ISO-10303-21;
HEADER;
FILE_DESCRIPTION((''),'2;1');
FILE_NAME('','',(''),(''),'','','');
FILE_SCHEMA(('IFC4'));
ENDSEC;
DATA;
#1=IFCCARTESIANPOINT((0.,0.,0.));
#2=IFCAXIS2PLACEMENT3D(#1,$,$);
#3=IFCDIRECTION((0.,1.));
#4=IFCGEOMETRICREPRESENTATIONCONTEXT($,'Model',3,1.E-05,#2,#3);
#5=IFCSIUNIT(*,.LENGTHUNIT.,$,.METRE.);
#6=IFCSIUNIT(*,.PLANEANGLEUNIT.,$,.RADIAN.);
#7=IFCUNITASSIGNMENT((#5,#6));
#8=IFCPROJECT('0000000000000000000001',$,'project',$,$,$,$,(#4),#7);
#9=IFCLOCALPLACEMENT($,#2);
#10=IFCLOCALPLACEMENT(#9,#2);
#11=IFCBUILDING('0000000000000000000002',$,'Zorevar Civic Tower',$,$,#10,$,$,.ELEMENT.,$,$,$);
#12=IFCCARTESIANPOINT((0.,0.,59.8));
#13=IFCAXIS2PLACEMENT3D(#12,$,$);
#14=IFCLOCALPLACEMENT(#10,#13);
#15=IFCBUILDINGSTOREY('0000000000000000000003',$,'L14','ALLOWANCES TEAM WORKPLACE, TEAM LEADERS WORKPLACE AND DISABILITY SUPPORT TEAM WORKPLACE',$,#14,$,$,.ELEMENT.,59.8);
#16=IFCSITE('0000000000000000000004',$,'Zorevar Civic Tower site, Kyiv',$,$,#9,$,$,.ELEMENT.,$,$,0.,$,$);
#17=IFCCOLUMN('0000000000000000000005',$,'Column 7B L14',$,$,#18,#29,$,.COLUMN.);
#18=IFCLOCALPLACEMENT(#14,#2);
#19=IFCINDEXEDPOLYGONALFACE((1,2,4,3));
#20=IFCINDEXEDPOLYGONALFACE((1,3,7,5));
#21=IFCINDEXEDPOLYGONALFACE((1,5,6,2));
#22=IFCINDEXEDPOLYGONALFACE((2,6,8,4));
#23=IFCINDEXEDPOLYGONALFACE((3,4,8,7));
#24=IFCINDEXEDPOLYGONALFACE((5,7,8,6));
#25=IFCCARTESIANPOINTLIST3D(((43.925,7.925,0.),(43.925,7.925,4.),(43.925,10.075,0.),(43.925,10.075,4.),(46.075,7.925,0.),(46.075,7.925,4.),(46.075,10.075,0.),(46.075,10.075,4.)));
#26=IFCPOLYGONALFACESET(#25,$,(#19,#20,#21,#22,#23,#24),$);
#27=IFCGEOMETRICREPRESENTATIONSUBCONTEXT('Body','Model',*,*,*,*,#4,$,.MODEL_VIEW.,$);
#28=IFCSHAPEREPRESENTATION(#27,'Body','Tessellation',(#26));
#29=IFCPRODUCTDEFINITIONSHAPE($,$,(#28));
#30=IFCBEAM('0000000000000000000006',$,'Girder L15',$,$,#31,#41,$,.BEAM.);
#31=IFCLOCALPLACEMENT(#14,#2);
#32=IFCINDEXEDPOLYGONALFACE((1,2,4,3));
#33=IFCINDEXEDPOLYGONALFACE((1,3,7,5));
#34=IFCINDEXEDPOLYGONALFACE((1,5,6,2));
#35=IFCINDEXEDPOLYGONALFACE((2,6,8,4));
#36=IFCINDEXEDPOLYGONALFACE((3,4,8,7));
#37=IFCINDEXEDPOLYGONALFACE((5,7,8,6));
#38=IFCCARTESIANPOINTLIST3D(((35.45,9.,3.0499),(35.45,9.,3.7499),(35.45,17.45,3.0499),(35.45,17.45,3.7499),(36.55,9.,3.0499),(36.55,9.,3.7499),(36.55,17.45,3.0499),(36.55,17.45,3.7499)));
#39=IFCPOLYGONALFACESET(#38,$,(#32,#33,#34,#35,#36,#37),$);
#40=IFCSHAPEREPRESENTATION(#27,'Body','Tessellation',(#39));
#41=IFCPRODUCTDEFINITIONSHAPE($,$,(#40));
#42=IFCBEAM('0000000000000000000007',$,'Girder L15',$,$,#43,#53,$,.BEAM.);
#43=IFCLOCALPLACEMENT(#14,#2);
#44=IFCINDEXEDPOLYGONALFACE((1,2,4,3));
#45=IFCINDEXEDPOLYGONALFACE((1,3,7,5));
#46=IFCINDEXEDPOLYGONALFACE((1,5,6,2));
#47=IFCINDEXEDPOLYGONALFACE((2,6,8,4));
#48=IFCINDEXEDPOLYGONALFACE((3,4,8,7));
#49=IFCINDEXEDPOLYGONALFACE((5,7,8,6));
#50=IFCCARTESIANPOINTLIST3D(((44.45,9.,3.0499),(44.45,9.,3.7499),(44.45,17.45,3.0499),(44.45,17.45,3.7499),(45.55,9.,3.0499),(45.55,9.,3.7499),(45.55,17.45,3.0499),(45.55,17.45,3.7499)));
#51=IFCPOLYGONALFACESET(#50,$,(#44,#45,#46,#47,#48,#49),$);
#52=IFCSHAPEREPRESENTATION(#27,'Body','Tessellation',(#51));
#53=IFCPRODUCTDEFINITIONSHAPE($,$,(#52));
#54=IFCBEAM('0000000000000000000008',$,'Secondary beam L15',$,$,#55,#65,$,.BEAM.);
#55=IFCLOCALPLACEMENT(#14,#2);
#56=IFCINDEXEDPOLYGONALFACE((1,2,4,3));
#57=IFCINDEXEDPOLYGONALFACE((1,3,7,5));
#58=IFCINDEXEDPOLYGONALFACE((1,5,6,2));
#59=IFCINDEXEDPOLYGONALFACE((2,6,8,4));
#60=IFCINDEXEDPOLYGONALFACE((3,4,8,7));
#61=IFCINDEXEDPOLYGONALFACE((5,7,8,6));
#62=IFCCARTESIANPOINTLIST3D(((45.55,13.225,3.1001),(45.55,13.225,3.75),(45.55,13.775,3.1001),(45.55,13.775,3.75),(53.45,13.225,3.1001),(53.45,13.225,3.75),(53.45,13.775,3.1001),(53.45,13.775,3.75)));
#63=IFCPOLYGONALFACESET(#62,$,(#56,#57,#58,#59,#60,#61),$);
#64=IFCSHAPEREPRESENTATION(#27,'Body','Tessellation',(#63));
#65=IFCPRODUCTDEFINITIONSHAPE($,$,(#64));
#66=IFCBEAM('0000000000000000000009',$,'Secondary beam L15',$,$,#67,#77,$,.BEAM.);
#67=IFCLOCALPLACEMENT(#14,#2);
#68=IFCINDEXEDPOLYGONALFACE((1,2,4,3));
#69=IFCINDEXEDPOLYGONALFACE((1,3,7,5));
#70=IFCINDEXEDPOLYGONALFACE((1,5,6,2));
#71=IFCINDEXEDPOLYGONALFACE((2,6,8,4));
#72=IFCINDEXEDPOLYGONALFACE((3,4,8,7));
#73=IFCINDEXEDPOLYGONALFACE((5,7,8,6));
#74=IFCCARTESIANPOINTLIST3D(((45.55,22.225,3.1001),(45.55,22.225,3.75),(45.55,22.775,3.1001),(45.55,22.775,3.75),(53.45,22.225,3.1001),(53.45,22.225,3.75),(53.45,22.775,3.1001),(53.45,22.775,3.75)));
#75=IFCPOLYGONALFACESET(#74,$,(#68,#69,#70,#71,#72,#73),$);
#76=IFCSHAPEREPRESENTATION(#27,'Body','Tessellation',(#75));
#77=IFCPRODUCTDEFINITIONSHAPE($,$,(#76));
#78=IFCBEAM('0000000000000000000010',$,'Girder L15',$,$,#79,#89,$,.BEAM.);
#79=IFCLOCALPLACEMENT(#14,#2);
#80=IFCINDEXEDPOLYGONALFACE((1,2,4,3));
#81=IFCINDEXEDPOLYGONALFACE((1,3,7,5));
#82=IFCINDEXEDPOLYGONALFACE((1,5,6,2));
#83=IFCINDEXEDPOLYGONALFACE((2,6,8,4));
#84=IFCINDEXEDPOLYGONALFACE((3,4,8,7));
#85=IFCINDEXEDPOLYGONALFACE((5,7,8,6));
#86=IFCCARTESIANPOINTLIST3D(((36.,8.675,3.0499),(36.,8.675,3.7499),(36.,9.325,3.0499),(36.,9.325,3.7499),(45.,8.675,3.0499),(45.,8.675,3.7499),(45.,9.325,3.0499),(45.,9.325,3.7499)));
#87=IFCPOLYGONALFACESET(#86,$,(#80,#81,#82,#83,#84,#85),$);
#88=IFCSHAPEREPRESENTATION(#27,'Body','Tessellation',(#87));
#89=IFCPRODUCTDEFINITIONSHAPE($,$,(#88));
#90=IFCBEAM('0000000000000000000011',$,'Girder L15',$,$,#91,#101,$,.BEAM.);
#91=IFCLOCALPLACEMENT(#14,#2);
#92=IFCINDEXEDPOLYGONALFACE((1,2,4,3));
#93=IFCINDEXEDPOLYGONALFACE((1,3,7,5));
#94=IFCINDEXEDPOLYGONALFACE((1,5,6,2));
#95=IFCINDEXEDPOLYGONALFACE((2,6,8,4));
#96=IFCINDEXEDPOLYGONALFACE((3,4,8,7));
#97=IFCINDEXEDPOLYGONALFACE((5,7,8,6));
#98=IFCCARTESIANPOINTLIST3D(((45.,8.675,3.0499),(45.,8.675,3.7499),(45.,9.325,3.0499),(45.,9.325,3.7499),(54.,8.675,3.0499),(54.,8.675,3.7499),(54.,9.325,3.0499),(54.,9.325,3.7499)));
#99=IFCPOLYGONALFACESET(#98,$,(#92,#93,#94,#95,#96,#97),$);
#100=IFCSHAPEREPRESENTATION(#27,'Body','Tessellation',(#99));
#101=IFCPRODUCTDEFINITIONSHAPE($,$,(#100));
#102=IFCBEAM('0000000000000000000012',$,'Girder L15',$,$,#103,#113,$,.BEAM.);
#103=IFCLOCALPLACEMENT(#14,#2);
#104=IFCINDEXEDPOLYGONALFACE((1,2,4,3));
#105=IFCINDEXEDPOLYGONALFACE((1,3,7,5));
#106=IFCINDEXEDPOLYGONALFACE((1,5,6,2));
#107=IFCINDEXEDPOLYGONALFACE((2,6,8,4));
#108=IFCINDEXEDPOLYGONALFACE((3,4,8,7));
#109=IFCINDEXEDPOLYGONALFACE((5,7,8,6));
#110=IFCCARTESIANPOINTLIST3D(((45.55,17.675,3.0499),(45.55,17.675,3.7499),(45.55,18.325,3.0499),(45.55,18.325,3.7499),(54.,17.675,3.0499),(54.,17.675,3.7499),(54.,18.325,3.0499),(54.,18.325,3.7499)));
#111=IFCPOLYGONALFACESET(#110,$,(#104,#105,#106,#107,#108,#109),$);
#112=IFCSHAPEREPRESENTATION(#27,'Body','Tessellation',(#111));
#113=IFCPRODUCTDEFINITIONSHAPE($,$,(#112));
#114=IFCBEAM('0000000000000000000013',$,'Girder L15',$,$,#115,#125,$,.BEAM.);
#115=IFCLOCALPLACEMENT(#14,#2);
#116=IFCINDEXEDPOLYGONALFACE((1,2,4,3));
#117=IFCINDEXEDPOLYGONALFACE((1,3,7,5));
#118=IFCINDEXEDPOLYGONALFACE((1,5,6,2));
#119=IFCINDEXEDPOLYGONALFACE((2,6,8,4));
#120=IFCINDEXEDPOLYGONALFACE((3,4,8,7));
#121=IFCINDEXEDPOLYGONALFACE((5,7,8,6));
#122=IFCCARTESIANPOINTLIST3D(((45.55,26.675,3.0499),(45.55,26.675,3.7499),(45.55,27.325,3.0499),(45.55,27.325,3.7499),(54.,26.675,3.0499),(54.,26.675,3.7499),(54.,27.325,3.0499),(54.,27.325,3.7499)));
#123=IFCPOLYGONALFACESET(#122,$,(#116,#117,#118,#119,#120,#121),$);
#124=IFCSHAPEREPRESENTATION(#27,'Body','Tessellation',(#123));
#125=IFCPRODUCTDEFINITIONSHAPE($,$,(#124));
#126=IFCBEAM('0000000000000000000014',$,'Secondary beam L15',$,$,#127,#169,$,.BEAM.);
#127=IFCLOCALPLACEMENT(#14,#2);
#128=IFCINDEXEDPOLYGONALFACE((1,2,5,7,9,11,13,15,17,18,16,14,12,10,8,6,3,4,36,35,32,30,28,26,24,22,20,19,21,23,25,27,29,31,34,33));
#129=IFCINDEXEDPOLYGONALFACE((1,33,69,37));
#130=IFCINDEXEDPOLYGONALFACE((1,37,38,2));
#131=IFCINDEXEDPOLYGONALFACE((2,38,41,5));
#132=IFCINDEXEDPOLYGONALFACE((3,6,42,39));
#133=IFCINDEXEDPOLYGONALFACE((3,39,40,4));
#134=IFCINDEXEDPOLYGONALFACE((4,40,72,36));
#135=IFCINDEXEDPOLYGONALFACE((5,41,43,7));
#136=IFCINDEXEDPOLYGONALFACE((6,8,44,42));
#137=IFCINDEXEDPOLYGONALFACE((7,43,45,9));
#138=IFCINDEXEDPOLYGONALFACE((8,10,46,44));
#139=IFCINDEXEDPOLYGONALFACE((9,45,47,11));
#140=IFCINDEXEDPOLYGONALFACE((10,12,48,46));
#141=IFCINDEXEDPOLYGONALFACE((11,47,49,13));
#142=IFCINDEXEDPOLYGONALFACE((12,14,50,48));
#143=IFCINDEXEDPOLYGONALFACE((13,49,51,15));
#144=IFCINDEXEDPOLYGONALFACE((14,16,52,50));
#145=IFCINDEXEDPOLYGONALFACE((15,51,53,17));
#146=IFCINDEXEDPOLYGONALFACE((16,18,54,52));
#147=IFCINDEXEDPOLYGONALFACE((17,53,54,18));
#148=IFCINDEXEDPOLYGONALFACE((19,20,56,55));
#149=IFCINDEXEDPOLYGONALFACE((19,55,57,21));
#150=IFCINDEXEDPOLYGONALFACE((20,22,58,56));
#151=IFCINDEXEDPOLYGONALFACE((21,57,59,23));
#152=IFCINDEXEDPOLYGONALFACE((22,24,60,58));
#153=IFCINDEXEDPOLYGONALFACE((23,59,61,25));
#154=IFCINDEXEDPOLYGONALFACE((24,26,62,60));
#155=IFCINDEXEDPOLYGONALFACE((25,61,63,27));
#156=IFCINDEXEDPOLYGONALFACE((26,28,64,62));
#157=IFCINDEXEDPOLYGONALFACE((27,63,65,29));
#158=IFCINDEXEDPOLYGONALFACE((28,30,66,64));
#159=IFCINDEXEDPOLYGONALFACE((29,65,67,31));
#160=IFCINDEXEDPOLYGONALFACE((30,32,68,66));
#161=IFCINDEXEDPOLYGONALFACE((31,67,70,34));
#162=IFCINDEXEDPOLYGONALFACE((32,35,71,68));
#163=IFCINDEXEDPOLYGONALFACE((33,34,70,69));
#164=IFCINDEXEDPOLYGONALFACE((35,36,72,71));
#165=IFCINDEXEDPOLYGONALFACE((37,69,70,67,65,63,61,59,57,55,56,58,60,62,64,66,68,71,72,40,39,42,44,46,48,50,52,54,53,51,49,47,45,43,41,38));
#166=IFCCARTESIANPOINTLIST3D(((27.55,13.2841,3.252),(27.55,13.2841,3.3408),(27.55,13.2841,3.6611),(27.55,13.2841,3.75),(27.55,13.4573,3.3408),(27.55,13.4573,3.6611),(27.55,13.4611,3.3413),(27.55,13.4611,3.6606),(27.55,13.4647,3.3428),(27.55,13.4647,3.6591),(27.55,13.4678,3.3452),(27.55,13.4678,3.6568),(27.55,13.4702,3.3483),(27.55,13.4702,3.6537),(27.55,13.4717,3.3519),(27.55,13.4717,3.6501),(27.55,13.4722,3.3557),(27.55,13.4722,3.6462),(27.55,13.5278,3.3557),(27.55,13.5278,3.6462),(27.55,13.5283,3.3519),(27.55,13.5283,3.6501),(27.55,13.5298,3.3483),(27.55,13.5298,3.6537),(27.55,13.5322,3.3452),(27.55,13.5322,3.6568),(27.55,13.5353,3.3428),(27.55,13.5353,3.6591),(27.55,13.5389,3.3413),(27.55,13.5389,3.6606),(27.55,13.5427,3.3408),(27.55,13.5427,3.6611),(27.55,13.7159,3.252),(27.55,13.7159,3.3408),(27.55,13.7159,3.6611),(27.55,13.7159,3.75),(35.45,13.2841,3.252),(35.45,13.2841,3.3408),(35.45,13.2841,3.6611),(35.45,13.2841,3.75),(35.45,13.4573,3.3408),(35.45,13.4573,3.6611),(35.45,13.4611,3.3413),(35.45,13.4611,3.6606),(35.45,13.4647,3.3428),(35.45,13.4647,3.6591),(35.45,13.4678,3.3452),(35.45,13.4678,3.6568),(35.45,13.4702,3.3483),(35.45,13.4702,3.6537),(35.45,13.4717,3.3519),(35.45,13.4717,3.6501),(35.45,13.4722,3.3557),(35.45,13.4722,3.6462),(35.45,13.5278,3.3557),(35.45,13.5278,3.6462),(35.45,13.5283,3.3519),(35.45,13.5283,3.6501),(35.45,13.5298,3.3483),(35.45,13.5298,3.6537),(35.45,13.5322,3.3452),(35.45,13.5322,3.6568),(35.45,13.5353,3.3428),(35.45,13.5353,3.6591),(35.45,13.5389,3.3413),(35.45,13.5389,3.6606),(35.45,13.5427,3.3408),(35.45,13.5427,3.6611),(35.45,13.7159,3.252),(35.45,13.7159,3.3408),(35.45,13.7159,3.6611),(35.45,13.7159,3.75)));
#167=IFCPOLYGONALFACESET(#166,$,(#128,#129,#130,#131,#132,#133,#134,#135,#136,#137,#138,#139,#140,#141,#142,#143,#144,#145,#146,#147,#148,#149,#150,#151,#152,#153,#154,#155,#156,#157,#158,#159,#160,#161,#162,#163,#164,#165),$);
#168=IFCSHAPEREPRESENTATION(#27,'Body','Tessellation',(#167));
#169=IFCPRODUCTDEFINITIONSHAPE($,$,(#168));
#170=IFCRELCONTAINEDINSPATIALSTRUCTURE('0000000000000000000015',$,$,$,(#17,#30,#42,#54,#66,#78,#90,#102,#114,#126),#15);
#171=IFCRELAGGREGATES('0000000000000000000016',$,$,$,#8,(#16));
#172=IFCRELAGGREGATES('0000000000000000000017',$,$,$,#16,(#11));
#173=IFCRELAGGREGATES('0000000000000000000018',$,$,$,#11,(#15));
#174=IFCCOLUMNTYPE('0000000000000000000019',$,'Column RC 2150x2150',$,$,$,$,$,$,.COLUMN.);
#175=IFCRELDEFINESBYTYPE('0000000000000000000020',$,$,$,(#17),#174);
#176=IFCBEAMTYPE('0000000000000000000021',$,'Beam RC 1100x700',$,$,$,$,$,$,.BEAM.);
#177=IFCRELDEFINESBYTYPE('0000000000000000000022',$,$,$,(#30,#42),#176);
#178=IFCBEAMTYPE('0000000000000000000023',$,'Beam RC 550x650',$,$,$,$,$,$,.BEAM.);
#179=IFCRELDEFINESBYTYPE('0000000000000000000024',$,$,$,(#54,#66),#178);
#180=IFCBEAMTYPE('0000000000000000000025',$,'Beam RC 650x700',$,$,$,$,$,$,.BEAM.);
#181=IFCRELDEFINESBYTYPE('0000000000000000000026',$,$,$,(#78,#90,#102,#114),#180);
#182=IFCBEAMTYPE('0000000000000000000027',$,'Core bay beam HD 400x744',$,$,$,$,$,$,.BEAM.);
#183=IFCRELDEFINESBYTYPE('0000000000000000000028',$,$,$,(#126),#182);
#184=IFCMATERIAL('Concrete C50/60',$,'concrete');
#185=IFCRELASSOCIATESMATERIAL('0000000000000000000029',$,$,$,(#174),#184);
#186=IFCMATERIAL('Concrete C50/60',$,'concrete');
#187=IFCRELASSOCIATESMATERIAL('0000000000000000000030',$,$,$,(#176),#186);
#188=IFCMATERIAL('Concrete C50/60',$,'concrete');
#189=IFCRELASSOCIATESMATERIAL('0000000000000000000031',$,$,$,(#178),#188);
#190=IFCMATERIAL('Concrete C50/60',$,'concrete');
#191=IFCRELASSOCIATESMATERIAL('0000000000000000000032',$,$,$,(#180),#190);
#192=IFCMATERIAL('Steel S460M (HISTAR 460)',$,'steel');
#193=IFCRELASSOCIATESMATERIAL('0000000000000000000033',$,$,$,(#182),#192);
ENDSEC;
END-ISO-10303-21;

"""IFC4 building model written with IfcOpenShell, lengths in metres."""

from ifc_helpers import new_model, si_unit, direction, frame, origin, origin_2d, place, context, subcontext, project, spatial, rectangle, i_section, extrude, material, material_profile, profile_set, type_object, element, save


model = new_model("IFC4")

# Units and contexts
model_context = context("Model", 3, precision=1e-05, world=origin(), true_north=direction((0.0, 1.0)))
body_context = subcontext(model_context, "Body", "Model", "MODEL_VIEW")
ifc_project = project(units=[si_unit("LENGTHUNIT", "METRE"), si_unit("PLANEANGLEUNIT", "RADIAN")], contexts=[model_context])

# Site, building, storey
site_placement = place(None, origin())
site = spatial("IfcSite", under=ifc_project, at=site_placement, Name="Zorevar Civic Tower site, Kyiv", CompositionType="ELEMENT", RefElevation=0.0)
building_placement = place(site_placement, origin())
building = spatial("IfcBuilding", under=site, at=building_placement, Name="Zorevar Civic Tower", CompositionType="ELEMENT")
storey_placement = place(building_placement, frame((0.0, 0.0, 59.8)))
storey = spatial("IfcBuildingStorey", under=building, at=storey_placement, Name="L14", Description="ALLOWANCES TEAM WORKPLACE, TEAM LEADERS WORKPLACE AND DISABILITY SUPPORT TEAM WORKPLACE", CompositionType="ELEMENT", Elevation=59.8)

# Column
ifc_material_1 = material(Name="Concrete C50/60", Category="concrete")
ifc_material_profile_1 = material_profile(ifc_material_1, rectangle(XDim=2.1499, YDim=2.1499, at=origin_2d()), Name="RC 2150x2150")
ifc_profile_set_1 = profile_set([ifc_material_profile_1], Name="Concrete C50/60")
column_type = type_object("IfcColumnType", Name="Column RC 2150x2150", PredefinedType="COLUMN", material=ifc_profile_set_1)
column_placement = place(storey_placement, frame((45.0, 9.0, 0.0), z_axis=(0.0, 0.0, 1.0), x_axis=(1.0, 0.0, 0.0)))
element("IfcColumn", 1, at=column_placement, inside=storey, type_object=column_type, Name="Column 7B L14", PredefinedType="COLUMN", context=body_context, shape_type="SweptSolid", body=[
    extrude(rectangle(XDim=2.1499, YDim=2.1499, at=origin_2d()), origin(), (0.0, 0.0, 1.0), 4.0),
])

# Beams
ifc_material_2 = material(Name="Concrete C50/60", Category="concrete")
ifc_material_profile_2 = material_profile(ifc_material_2, rectangle(XDim=1.1001, YDim=0.7, at=origin_2d()), Name="RC 1100x700")
ifc_profile_set_2 = profile_set([ifc_material_profile_2], Name="Concrete C50/60")
beam_type_1 = type_object("IfcBeamType", Name="Beam RC 1100x700", PredefinedType="BEAM", material=ifc_profile_set_2)
for number, where, z_axis, x_axis, name in (
    (2, (36.0, 9.0, 3.3999), (0.0, 1.0, 0.0), (-1.0, 0.0, 0.0), "Girder L15"),
    (3, (45.0, 9.0, 3.3999), (0.0, 1.0, 0.0), (-1.0, 0.0, 0.0), "Girder L15"),
):
    element("IfcBeam", number, at=place(storey_placement, frame(where, z_axis=z_axis, x_axis=x_axis)), inside=storey, type_object=beam_type_1, Name=name, PredefinedType="BEAM", context=body_context, shape_type="SweptSolid", body=[
        extrude(rectangle(XDim=1.1001, YDim=0.7, at=origin_2d()), origin(), (0.0, 0.0, 1.0), 8.45),
    ])
ifc_material_3 = material(Name="Concrete C50/60", Category="concrete")
ifc_material_profile_3 = material_profile(ifc_material_3, rectangle(XDim=0.55, YDim=0.6499, at=origin_2d()), Name="RC 550x650")
ifc_profile_set_3 = profile_set([ifc_material_profile_3], Name="Concrete C50/60")
beam_type_2 = type_object("IfcBeamType", Name="Beam RC 550x650", PredefinedType="BEAM", material=ifc_profile_set_3)
for number, where, z_axis, x_axis, name in (
    (4, (45.55, 13.5, 3.425), (1.0, 0.0, 0.0), (0.0, 1.0, 0.0), "Secondary beam L15"),
    (5, (45.55, 22.5, 3.425), (1.0, 0.0, 0.0), (0.0, 1.0, 0.0), "Secondary beam L15"),
):
    element("IfcBeam", number, at=place(storey_placement, frame(where, z_axis=z_axis, x_axis=x_axis)), inside=storey, type_object=beam_type_2, Name=name, PredefinedType="BEAM", context=body_context, shape_type="SweptSolid", body=[
        extrude(rectangle(XDim=0.55, YDim=0.6499, at=origin_2d()), origin(), (0.0, 0.0, 1.0), 7.8999),
    ])
ifc_material_4 = material(Name="Concrete C50/60", Category="concrete")
ifc_material_profile_4 = material_profile(ifc_material_4, rectangle(XDim=0.6499, YDim=0.7, at=origin_2d()), Name="RC 650x700")
ifc_profile_set_4 = profile_set([ifc_material_profile_4], Name="Concrete C50/60")
beam_type_3 = type_object("IfcBeamType", Name="Beam RC 650x700", PredefinedType="BEAM", material=ifc_profile_set_4)
for number, where, z_axis, x_axis, name in (
    (6, (36.0, 9.0, 3.3999), (1.0, 0.0, 0.0), (0.0, 1.0, 0.0), "Girder L15"),
    (7, (45.0, 9.0, 3.3999), (1.0, 0.0, 0.0), (0.0, 1.0, 0.0), "Girder L15"),
):
    element("IfcBeam", number, at=place(storey_placement, frame(where, z_axis=z_axis, x_axis=x_axis)), inside=storey, type_object=beam_type_3, Name=name, PredefinedType="BEAM", context=body_context, shape_type="SweptSolid", body=[
        extrude(rectangle(XDim=0.6499, YDim=0.7, at=origin_2d()), origin(), (0.0, 0.0, 1.0), 9.0),
    ])
for number, where, z_axis, x_axis, name in (
    (8, (45.55, 18.0, 3.3999), (1.0, 0.0, 0.0), (0.0, 1.0, 0.0), "Girder L15"),
    (9, (45.55, 27.0, 3.3999), (1.0, 0.0, 0.0), (0.0, 1.0, 0.0), "Girder L15"),
):
    element("IfcBeam", number, at=place(storey_placement, frame(where, z_axis=z_axis, x_axis=x_axis)), inside=storey, type_object=beam_type_3, Name=name, PredefinedType="BEAM", context=body_context, shape_type="SweptSolid", body=[
        extrude(rectangle(XDim=0.6499, YDim=0.7, at=origin_2d()), origin(), (0.0, 0.0, 1.0), 8.45),
    ])
ifc_material_5 = material(Name="Steel S460M (HISTAR 460)", Category="steel")
ifc_material_profile_5 = material_profile(ifc_material_5, i_section(OverallWidth=0.4319, OverallDepth=0.498, WebThickness=0.0557, FlangeThickness=0.0889, FilletRadius=0.0149, at=origin_2d()), Name="HD 400x744")
ifc_profile_set_5 = profile_set([ifc_material_profile_5], Name="Steel S460M (HISTAR 460)")
beam_type_4 = type_object("IfcBeamType", Name="Core bay beam HD 400x744", PredefinedType="BEAM", material=ifc_profile_set_5)
for number, where, z_axis, x_axis, name in (
    (10, (27.55, 13.5, 3.501), (1.0, 0.0, 0.0), (0.0, 1.0, 0.0), "Secondary beam L15"),
):
    element("IfcBeam", number, at=place(storey_placement, frame(where, z_axis=z_axis, x_axis=x_axis)), inside=storey, type_object=beam_type_4, Name=name, PredefinedType="BEAM", context=body_context, shape_type="SweptSolid", body=[
        extrude(i_section(OverallWidth=0.4319, OverallDepth=0.498, WebThickness=0.0557, FlangeThickness=0.0889, FilletRadius=0.0149, at=origin_2d()), origin(), (0.0, 0.0, 1.0), 7.8999),
    ])

save(model, "model.ifc")
